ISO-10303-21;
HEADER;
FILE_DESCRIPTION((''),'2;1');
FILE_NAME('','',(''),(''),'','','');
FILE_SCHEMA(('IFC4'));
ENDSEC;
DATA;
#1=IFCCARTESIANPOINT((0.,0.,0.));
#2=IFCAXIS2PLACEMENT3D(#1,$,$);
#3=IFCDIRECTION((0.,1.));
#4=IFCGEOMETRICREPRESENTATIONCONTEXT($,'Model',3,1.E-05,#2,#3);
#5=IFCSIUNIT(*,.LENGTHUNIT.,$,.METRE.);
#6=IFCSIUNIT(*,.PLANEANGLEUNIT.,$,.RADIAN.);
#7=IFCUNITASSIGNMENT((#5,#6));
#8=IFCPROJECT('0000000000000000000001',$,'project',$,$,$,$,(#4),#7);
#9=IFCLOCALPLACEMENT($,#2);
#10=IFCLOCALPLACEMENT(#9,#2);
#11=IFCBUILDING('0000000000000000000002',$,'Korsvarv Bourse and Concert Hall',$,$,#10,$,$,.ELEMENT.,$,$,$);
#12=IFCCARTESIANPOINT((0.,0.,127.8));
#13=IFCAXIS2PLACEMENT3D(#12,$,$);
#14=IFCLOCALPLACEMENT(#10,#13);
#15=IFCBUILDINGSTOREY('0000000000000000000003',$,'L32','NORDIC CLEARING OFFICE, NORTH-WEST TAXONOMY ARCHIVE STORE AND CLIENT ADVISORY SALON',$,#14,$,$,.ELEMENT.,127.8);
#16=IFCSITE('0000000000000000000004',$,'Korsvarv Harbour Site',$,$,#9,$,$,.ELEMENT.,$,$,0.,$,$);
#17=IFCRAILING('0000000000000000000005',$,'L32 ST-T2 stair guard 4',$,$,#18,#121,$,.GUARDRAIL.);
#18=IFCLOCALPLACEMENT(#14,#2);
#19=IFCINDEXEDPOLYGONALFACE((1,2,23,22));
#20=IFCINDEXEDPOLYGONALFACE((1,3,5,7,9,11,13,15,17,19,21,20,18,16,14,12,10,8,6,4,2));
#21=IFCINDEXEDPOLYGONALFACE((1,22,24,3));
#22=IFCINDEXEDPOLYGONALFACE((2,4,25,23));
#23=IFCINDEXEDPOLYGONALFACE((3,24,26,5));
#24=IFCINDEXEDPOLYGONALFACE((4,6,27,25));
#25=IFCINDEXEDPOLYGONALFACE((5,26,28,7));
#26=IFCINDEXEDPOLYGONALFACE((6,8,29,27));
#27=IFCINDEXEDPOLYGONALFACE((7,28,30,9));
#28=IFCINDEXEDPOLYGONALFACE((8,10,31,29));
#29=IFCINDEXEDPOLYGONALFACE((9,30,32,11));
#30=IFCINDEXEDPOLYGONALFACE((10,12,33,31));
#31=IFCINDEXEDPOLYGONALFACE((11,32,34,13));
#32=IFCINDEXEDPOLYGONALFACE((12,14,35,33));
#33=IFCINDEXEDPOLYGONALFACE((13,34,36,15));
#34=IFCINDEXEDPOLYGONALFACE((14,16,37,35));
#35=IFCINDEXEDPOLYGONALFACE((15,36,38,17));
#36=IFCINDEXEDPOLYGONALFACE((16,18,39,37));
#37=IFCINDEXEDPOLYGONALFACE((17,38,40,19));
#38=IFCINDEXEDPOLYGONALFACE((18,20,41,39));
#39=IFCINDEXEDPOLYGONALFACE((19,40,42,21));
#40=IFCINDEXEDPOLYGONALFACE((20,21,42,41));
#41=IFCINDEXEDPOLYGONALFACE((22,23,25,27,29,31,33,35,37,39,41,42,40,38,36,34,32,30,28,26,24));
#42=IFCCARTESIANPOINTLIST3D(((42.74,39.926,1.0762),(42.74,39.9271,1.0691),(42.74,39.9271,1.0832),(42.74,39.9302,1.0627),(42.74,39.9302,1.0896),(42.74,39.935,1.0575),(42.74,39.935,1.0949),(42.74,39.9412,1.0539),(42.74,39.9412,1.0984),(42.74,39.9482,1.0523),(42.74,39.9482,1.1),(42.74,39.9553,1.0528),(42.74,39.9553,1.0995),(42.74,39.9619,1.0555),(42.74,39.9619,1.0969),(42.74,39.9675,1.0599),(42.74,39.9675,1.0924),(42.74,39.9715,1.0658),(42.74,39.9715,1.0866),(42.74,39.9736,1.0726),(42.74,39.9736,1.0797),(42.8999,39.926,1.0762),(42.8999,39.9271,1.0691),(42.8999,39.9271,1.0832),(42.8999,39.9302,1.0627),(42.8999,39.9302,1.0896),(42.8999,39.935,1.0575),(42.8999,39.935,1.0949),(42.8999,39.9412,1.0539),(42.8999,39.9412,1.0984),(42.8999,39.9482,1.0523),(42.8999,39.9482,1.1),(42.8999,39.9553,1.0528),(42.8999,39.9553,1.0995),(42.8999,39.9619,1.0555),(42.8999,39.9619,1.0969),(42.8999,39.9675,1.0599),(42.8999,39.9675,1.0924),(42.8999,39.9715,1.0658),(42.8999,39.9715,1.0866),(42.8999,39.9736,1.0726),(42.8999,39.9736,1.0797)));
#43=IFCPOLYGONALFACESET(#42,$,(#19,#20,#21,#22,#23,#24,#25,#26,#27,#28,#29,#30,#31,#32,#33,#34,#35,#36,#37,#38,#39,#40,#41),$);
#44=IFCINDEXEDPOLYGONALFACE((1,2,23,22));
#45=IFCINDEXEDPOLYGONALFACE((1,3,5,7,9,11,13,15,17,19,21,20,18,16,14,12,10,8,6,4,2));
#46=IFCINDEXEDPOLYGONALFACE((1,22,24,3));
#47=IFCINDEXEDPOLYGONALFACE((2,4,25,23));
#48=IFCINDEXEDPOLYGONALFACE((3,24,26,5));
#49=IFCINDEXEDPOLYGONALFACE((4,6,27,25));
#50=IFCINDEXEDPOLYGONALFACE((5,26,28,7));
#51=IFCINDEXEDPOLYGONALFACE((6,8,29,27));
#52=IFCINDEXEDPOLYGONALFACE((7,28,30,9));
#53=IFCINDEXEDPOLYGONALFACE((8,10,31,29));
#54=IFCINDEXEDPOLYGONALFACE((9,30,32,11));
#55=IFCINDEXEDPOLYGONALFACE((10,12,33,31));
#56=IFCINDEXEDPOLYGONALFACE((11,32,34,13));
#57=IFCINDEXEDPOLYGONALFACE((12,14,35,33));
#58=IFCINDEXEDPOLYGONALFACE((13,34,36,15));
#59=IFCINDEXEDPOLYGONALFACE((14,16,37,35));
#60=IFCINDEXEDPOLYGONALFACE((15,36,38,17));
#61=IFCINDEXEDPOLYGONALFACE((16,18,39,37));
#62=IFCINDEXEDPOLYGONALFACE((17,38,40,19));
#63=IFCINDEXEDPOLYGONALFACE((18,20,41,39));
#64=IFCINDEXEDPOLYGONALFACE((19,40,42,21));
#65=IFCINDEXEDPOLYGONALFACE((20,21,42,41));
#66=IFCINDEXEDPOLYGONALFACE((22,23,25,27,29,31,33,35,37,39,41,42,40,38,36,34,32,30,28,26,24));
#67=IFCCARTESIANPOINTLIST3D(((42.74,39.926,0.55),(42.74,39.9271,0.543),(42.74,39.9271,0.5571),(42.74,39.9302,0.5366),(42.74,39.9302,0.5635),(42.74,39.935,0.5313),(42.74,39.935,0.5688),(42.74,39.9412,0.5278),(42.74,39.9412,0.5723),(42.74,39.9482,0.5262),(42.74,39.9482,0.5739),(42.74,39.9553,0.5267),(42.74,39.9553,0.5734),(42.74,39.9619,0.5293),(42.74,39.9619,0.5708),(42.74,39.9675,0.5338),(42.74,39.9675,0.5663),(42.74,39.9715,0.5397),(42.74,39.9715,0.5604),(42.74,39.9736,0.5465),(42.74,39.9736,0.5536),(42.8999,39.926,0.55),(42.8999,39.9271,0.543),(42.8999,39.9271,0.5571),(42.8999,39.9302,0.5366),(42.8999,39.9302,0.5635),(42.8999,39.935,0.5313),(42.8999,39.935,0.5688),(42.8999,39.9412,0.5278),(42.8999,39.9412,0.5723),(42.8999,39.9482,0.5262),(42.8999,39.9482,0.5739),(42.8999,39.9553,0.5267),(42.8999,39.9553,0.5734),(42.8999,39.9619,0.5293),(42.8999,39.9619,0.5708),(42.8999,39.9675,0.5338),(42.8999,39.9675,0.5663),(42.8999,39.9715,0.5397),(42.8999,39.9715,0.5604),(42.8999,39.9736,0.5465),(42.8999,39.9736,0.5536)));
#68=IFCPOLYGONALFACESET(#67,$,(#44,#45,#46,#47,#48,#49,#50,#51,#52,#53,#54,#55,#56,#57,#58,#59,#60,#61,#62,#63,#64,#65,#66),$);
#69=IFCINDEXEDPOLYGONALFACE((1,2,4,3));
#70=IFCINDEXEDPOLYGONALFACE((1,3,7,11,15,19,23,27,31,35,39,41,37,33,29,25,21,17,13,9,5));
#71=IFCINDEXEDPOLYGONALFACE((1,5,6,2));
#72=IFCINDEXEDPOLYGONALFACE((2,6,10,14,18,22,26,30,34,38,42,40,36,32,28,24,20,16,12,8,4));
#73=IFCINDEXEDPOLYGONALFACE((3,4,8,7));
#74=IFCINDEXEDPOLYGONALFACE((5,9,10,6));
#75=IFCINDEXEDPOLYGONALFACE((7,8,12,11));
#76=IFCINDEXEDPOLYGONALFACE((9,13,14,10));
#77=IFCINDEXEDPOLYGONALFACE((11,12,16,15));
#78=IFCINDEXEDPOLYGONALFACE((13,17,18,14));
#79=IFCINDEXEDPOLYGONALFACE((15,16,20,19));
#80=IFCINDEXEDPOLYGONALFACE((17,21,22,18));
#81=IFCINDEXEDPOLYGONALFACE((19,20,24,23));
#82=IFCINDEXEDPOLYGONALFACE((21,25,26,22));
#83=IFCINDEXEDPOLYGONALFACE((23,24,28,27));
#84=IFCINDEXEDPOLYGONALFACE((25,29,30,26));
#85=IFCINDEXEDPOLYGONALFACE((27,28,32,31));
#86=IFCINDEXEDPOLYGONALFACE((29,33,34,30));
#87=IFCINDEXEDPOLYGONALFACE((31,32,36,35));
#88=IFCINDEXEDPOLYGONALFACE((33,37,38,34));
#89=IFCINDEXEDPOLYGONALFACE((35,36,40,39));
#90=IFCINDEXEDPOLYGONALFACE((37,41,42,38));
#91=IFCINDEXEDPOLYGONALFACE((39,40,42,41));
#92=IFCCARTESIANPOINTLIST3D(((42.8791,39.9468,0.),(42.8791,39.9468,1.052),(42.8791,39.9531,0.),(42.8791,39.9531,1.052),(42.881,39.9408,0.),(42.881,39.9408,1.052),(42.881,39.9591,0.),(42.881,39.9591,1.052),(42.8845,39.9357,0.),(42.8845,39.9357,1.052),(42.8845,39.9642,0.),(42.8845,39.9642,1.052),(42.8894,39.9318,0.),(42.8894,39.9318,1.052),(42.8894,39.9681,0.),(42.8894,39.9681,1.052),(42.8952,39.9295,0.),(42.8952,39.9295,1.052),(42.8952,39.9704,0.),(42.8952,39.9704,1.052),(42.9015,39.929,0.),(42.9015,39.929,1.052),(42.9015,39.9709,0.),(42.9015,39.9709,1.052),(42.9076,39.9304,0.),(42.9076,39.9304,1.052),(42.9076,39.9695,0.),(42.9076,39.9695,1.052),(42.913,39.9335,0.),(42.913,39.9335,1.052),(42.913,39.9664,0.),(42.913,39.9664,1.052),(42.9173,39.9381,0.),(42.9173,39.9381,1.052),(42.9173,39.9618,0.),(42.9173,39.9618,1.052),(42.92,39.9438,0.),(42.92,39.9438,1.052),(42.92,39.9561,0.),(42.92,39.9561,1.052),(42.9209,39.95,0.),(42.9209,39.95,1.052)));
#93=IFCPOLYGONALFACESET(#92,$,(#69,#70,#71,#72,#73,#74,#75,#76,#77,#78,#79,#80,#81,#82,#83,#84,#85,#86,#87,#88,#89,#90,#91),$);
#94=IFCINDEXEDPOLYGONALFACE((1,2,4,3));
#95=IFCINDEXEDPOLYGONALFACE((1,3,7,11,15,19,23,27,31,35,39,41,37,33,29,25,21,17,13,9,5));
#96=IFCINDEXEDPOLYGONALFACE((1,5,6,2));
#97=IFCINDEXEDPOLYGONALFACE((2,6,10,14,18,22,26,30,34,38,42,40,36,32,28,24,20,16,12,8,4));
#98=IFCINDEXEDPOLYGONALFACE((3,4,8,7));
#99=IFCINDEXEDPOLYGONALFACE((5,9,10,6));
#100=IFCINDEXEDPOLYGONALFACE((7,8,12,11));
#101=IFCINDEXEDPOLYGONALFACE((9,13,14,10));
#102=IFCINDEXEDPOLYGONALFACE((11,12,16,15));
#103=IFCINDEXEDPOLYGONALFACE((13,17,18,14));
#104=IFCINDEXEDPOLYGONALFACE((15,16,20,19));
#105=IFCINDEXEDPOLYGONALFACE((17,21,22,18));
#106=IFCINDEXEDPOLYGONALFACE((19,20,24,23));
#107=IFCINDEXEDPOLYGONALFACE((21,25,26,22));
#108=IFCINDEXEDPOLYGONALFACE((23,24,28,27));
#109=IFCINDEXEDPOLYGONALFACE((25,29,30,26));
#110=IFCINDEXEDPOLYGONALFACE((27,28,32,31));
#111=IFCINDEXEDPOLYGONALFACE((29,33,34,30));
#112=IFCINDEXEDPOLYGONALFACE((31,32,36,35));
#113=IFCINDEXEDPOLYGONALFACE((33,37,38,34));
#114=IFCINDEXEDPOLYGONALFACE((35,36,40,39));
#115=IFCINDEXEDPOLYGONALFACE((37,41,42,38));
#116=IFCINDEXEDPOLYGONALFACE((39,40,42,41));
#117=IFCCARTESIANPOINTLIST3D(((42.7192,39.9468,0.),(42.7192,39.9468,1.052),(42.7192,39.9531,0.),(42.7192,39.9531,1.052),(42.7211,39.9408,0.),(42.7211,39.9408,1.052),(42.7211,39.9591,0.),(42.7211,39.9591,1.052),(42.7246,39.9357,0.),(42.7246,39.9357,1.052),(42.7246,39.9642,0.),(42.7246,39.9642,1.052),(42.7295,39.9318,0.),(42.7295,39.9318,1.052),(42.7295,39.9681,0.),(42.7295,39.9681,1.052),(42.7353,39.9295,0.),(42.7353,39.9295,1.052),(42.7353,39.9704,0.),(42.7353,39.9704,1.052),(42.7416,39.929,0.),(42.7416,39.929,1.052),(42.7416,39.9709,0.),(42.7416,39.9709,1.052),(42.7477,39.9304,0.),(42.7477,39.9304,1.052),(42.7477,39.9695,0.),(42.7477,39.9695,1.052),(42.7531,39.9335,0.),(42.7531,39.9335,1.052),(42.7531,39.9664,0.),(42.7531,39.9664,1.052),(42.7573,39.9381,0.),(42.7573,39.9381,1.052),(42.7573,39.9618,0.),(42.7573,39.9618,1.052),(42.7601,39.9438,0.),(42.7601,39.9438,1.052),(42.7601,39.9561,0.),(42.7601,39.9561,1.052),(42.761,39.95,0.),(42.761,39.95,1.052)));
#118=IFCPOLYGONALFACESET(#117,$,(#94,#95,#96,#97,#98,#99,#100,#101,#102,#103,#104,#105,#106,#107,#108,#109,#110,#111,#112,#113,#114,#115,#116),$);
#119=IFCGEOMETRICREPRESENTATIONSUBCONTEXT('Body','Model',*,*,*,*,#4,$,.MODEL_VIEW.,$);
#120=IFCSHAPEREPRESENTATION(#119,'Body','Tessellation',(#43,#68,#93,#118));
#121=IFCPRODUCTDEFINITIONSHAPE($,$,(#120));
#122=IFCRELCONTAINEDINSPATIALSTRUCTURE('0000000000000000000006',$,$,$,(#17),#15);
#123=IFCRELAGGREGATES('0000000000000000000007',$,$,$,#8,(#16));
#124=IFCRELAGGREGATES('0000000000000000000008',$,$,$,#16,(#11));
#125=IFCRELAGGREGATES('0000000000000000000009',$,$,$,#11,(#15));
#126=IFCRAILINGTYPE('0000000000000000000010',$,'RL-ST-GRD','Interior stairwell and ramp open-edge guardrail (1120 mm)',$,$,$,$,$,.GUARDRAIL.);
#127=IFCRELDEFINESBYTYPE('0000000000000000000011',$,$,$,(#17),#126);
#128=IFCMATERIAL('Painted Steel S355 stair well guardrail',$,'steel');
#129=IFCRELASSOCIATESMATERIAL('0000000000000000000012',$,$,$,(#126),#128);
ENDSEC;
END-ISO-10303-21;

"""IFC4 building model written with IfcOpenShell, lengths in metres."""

from ifc_helpers import new_model, si_unit, direction, frame, origin, origin_2d, place, context, subcontext, project, spatial, circle, extrude, material, type_object, element, save


model = new_model("IFC4")

# Units and contexts
model_context = context("Model", 3, precision=1e-05, world=origin(), true_north=direction((0.0, 1.0)))
body_context = subcontext(model_context, "Body", "Model", "MODEL_VIEW")
ifc_project = project(units=[si_unit("LENGTHUNIT", "METRE"), si_unit("PLANEANGLEUNIT", "RADIAN")], contexts=[model_context])

# Site, building, storey
site_placement = place(None, origin())
site = spatial("IfcSite", under=ifc_project, at=site_placement, Name="Korsvarv Harbour Site", CompositionType="ELEMENT", RefElevation=0.0)
building_placement = place(site_placement, origin())
building = spatial("IfcBuilding", under=site, at=building_placement, Name="Korsvarv Bourse and Concert Hall", CompositionType="ELEMENT")
storey_placement = place(building_placement, frame((0.0, 0.0, 127.8)))
storey = spatial("IfcBuildingStorey", under=building, at=storey_placement, Name="L32", Description="NORDIC CLEARING OFFICE, NORTH-WEST TAXONOMY ARCHIVE STORE AND CLIENT ADVISORY SALON", CompositionType="ELEMENT", Elevation=127.8)

# Railing
ifc_material_1 = material(Name="Painted Steel S355 stair well guardrail", Category="steel")
railing_type_1 = type_object("IfcRailingType", Name="RL-ST-GRD", Description="Interior stairwell and ramp open-edge guardrail (1120 mm)", PredefinedType="GUARDRAIL", material=ifc_material_1)
railing_1_placement = place(storey_placement, frame((42.8999, 39.95, 0.0)))
element("IfcRailing", 1, at=railing_1_placement, inside=storey, type_object=railing_type_1, Name="L32 ST-T2 stair guard 4", PredefinedType="GUARDRAIL", context=body_context, shape_type="SweptSolid", body=[
    extrude(circle(Radius=0.0239, at=origin_2d()), frame((0.0, 0.0, 1.0762), z_axis=(-1.0, 0.0, 0.0), x_axis=(0.0, -1.0, 0.0)), (0.0, 0.0, 1.0), 0.1599),
    extrude(circle(Radius=0.0239, at=origin_2d()), frame((0.0, 0.0, 0.55), z_axis=(-1.0, 0.0, 0.0), x_axis=(0.0, -1.0, 0.0)), (0.0, 0.0, 1.0), 0.1599),
    extrude(circle(Radius=0.021, at=origin_2d()), origin(), (0.0, 0.0, 1.0), 1.052),
    extrude(circle(Radius=0.021, at=origin_2d()), frame((-0.1599, 0.0, 0.0)), (0.0, 0.0, 1.0), 1.052),
])

save(model, "model.ifc")
